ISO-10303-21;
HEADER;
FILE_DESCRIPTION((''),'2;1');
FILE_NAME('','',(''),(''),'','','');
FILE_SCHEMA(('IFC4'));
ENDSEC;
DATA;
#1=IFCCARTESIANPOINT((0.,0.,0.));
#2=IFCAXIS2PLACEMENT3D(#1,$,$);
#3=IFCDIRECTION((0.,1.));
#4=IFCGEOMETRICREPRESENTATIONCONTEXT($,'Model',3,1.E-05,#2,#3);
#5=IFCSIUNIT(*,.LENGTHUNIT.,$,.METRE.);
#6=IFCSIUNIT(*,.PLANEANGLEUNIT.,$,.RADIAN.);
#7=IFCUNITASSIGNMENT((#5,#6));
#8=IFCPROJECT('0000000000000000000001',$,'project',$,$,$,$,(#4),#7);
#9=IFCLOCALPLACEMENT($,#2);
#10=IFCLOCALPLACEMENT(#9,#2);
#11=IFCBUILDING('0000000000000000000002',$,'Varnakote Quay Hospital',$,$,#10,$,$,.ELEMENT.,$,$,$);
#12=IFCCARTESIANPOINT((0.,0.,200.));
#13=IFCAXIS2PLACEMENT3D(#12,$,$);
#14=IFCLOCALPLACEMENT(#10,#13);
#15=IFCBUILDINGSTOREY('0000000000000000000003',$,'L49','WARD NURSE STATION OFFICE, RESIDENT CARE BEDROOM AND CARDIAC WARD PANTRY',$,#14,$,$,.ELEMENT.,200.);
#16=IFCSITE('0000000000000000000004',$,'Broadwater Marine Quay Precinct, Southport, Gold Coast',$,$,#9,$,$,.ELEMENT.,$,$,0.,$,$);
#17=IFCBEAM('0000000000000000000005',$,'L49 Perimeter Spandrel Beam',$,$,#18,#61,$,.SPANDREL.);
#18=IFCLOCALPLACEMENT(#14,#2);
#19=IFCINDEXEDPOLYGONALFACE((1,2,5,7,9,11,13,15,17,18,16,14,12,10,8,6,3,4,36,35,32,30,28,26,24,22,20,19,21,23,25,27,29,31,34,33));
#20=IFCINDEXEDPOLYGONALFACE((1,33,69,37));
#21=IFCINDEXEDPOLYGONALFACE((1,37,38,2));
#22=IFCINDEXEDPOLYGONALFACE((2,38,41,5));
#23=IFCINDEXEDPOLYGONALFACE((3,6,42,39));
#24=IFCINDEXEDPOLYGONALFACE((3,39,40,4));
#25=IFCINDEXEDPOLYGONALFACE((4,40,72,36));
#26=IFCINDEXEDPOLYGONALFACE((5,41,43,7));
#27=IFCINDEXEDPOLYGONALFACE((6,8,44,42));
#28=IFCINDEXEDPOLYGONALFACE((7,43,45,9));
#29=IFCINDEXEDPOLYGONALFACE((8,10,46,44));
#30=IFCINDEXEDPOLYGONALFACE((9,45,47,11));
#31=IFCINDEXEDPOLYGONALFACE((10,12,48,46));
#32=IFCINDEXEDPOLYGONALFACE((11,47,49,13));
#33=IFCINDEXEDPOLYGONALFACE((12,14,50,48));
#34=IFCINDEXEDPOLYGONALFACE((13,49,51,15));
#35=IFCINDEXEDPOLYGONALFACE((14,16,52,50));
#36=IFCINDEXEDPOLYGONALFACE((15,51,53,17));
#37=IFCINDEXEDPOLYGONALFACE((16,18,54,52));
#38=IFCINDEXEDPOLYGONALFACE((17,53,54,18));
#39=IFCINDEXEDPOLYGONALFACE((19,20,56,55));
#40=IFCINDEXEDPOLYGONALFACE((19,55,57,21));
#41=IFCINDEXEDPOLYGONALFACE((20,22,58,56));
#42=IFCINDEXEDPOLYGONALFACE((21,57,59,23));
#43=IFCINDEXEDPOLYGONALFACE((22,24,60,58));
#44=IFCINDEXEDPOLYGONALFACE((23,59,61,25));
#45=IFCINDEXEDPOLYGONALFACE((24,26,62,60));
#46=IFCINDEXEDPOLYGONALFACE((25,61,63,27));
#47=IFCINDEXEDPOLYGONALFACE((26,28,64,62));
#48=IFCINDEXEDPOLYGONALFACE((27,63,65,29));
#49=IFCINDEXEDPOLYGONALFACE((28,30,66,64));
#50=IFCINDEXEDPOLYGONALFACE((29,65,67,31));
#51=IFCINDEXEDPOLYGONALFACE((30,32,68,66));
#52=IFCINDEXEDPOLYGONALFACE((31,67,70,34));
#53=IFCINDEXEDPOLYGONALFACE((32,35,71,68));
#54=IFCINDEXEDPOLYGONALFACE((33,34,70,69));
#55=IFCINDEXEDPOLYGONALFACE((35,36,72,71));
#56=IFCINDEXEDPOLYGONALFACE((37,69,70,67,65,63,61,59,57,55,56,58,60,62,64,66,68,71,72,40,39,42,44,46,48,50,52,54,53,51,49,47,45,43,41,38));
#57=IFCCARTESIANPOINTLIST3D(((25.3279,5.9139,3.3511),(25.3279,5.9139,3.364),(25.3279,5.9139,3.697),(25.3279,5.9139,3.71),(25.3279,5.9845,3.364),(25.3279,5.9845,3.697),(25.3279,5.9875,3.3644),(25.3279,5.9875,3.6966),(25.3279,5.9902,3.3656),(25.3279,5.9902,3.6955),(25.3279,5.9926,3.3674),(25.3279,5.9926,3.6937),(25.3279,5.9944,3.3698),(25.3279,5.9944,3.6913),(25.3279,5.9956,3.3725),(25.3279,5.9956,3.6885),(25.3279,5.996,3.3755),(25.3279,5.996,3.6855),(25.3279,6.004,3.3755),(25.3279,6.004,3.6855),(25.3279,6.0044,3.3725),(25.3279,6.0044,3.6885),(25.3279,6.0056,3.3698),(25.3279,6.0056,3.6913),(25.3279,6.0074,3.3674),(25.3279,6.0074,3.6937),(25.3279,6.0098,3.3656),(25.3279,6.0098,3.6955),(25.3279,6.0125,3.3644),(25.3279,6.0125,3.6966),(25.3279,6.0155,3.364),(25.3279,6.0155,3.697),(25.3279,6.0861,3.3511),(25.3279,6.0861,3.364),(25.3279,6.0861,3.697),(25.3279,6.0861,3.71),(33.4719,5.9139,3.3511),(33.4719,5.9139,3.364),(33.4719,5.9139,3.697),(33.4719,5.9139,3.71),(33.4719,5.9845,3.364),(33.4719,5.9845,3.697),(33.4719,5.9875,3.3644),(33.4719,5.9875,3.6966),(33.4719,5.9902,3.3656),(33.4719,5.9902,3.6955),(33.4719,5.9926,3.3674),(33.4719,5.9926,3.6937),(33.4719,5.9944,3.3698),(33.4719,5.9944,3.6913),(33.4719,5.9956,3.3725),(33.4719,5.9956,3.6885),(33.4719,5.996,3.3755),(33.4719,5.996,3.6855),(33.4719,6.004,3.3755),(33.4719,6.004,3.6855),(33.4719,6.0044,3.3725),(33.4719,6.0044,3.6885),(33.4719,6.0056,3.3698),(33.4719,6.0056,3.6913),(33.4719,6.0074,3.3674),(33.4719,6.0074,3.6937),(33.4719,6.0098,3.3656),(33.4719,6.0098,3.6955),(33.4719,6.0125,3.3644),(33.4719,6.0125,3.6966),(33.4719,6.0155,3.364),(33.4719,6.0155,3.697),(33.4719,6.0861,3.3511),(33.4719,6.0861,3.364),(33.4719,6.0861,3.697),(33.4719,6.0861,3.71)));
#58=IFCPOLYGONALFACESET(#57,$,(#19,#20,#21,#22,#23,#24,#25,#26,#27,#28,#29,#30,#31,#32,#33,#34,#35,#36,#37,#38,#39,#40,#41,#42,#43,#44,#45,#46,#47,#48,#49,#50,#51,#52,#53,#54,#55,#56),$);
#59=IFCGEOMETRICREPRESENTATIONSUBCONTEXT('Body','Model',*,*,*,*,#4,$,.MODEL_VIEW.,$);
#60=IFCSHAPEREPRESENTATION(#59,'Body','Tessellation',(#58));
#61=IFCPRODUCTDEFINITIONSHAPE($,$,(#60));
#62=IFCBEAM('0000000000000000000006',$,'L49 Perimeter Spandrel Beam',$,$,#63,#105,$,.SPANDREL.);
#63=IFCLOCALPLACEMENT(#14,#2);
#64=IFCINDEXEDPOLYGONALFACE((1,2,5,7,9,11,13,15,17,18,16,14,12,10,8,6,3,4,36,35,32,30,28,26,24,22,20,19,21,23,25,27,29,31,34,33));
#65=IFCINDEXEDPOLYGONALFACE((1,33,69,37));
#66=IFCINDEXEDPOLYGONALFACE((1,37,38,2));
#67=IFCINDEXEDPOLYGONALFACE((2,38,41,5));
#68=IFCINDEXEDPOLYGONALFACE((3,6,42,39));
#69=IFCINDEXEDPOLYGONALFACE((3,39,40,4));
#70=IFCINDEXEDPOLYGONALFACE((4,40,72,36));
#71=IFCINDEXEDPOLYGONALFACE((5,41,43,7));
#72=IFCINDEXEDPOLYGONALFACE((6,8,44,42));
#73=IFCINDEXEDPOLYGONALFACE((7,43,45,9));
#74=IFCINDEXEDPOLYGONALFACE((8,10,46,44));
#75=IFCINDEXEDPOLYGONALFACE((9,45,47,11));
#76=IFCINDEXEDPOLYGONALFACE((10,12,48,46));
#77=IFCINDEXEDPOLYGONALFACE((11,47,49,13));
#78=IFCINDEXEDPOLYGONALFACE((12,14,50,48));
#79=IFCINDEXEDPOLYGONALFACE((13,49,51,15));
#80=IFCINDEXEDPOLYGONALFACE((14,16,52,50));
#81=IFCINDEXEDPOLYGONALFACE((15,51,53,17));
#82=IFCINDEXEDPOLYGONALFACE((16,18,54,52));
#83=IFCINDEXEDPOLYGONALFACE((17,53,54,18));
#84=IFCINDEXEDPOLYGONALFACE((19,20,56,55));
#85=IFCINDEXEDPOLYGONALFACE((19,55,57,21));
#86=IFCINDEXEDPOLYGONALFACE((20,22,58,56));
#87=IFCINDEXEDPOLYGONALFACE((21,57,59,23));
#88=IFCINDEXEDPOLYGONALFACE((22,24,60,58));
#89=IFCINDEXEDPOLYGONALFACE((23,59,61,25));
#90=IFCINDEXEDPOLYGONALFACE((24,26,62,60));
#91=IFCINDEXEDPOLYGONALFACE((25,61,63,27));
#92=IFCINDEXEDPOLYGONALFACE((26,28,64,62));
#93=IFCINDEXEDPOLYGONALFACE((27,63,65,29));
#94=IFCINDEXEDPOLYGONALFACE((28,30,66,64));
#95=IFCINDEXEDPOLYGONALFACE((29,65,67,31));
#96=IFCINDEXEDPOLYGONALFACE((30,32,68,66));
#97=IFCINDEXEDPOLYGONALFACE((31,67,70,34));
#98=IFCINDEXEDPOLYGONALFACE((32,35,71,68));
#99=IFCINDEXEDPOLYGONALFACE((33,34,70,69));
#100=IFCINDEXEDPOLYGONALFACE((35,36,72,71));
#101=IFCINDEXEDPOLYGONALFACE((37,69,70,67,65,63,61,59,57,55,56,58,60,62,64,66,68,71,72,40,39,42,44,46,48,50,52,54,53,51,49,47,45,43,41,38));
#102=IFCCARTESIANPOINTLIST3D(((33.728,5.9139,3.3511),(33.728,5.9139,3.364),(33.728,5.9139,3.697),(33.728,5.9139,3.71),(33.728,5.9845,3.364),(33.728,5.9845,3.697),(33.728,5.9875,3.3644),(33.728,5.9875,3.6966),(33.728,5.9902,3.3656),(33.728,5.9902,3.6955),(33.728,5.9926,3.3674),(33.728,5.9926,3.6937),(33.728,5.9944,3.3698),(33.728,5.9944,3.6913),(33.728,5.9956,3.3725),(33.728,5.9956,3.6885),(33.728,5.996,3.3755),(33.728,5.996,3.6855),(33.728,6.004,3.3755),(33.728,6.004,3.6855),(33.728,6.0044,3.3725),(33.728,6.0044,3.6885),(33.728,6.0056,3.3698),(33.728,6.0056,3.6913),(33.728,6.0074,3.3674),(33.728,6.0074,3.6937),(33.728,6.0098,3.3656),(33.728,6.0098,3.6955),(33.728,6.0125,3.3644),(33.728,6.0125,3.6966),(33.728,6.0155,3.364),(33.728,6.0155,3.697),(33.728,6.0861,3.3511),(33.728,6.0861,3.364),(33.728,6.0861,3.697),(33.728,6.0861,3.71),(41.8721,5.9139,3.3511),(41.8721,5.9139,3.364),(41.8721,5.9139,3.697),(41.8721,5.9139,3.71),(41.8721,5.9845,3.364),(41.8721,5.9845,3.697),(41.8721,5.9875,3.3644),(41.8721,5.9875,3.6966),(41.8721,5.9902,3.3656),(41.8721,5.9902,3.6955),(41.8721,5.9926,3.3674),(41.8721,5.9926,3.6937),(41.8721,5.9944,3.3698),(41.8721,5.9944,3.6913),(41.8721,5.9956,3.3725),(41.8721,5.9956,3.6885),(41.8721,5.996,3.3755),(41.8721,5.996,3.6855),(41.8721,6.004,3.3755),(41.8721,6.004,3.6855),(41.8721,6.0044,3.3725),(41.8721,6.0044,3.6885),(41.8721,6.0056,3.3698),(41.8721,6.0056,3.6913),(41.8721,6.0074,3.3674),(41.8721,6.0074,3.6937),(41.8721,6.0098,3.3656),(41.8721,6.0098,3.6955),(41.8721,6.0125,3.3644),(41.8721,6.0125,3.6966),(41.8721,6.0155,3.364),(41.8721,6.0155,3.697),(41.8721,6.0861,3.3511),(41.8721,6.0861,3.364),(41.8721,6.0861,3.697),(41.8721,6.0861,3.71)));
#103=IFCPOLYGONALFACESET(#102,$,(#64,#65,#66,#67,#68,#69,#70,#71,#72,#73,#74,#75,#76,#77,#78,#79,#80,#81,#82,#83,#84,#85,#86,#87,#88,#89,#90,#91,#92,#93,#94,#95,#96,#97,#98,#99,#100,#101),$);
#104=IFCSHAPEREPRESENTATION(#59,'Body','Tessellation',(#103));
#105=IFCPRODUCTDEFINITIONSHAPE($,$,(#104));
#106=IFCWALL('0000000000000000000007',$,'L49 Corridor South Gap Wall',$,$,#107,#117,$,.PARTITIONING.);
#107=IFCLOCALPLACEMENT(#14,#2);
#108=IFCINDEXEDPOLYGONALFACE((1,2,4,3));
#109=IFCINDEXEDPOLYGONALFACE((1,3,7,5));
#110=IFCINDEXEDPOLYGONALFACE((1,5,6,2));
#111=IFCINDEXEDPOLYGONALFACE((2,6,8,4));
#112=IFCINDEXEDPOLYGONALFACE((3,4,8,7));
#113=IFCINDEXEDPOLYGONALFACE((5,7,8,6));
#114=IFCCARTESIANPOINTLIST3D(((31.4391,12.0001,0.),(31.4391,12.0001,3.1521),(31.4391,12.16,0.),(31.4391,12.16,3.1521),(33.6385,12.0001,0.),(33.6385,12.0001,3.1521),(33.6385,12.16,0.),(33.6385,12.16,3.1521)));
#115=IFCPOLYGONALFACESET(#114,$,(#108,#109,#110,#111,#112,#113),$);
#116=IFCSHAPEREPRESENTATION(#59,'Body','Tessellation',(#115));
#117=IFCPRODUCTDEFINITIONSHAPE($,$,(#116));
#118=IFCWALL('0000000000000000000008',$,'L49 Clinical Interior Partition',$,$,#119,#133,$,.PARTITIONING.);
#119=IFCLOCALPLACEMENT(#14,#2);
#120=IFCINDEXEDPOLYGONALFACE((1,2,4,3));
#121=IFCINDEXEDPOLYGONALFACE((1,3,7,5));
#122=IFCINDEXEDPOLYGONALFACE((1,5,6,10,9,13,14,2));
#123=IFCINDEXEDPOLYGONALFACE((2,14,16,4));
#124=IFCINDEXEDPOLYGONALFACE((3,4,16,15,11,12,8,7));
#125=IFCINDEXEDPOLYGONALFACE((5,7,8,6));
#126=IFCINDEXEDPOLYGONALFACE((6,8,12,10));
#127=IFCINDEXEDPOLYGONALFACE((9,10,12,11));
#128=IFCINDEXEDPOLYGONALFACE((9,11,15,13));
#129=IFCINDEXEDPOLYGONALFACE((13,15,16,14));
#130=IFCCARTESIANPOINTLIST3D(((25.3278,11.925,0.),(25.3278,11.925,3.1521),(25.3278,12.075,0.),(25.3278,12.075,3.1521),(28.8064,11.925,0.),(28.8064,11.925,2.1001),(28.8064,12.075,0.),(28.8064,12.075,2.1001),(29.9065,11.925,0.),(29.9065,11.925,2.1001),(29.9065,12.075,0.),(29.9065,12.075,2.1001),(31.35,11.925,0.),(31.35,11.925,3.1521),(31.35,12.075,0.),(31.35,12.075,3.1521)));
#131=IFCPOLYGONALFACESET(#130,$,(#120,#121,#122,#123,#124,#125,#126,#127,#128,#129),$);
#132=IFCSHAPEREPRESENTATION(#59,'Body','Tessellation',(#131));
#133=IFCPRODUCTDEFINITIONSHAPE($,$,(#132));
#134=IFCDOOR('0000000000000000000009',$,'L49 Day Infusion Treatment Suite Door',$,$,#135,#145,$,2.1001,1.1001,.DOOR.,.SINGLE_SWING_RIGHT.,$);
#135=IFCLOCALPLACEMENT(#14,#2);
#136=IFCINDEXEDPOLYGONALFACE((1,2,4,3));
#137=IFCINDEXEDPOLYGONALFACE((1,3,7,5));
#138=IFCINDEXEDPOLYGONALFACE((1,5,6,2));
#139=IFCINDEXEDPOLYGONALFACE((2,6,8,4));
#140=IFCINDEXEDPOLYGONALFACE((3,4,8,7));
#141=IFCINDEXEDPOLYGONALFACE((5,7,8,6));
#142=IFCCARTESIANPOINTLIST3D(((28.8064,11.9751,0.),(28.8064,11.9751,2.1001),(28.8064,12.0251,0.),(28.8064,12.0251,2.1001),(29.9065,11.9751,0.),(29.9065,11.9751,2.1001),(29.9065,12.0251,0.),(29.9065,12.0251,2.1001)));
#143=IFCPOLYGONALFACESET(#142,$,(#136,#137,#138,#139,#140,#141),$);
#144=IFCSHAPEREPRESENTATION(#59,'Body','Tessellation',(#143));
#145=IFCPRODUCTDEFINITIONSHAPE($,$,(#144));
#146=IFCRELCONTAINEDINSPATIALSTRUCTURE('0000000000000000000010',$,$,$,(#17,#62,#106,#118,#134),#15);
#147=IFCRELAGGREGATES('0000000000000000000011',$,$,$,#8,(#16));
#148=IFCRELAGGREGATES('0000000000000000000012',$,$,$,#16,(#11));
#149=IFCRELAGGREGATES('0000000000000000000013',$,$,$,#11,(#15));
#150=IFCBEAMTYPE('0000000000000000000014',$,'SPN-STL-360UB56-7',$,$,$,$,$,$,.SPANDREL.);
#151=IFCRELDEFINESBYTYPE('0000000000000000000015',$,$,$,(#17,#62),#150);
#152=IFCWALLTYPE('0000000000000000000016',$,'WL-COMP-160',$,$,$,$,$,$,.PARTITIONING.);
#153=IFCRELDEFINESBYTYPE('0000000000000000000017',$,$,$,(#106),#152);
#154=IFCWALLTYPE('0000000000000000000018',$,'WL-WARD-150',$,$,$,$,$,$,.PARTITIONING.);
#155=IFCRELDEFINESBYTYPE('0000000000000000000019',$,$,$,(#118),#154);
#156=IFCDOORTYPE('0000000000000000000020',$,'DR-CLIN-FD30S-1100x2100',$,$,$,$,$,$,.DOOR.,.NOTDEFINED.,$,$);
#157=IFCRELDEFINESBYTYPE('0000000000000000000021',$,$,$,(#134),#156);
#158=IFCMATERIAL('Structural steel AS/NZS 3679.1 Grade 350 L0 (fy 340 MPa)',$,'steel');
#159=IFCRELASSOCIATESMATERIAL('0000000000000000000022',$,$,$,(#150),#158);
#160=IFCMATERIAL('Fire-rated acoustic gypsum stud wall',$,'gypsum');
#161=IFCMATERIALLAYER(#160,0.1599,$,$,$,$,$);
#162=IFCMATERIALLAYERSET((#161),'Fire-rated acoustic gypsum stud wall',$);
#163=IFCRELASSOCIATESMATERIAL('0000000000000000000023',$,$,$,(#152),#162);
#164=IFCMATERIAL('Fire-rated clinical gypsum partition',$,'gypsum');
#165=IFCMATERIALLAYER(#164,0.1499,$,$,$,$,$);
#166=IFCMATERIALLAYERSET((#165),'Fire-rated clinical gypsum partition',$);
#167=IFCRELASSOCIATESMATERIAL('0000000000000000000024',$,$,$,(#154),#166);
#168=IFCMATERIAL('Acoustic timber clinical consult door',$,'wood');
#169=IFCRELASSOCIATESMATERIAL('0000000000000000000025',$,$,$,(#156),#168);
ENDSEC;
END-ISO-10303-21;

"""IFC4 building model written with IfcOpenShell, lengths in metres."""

from ifc_helpers import new_model, si_unit, direction, frame, frame_2d, origin, origin_2d, place, context, subcontext, project, spatial, rectangle, i_section, extrude, material, layer, layer_set, material_profile, profile_set, type_object, element, fill, save


model = new_model("IFC4")

# Units and contexts
model_context = context("Model", 3, precision=1e-05, world=origin(), true_north=direction((0.0, 1.0)))
body_context = subcontext(model_context, "Body", "Model", "MODEL_VIEW")
ifc_project = project(units=[si_unit("LENGTHUNIT", "METRE"), si_unit("PLANEANGLEUNIT", "RADIAN")], contexts=[model_context])

# Site, building, storey
site_placement = place(None, origin())
site = spatial("IfcSite", under=ifc_project, at=site_placement, Name="Broadwater Marine Quay Precinct, Southport, Gold Coast", CompositionType="ELEMENT", RefElevation=0.0)
building_placement = place(site_placement, origin())
building = spatial("IfcBuilding", under=site, at=building_placement, Name="Varnakote Quay Hospital", CompositionType="ELEMENT")
storey_placement = place(building_placement, frame((0.0, 0.0, 200.0)))
storey = spatial("IfcBuildingStorey", under=building, at=storey_placement, Name="L49", Description="WARD NURSE STATION OFFICE, RESIDENT CARE BEDROOM AND CARDIAC WARD PANTRY", CompositionType="ELEMENT", Elevation=200.0)

# Beams
ifc_material_1 = material(Name="Structural steel AS/NZS 3679.1 Grade 350 L0 (fy 340 MPa)", Category="steel")
ifc_material_profile_1 = material_profile(ifc_material_1, i_section(OverallWidth=0.1721, OverallDepth=0.3589, WebThickness=0.0081, FlangeThickness=0.0129, FilletRadius=0.0115, at=origin_2d()), Name="360UB56.7")
ifc_profile_set_1 = profile_set([ifc_material_profile_1], Name="Structural steel AS/NZS 3679.1 Grade 350 L0 (fy 340 MPa)")
beam_type_1 = type_object("IfcBeamType", Name="SPN-STL-360UB56-7", PredefinedType="SPANDREL", material=ifc_profile_set_1)
for number, where, z_axis, x_axis, name in (
    (1, (25.3279, 6.0, 3.5305), (1.0, 0.0, 0.0), (0.0, 1.0, 0.0), "L49 Perimeter Spandrel Beam"),
    (2, (33.728, 6.0, 3.5305), (1.0, 0.0, 0.0), (0.0, 1.0, 0.0), "L49 Perimeter Spandrel Beam"),
):
    element("IfcBeam", number, at=place(storey_placement, frame(where, z_axis=z_axis, x_axis=x_axis)), inside=storey, type_object=beam_type_1, Name=name, PredefinedType="SPANDREL", context=body_context, shape_type="SweptSolid", body=[
        extrude(i_section(OverallWidth=0.1721, OverallDepth=0.3589, WebThickness=0.0081, FlangeThickness=0.0129, FilletRadius=0.0115, at=origin_2d()), origin(), (0.0, 0.0, 1.0), 8.144),
    ])

# Wall
ifc_material_2 = material(Name="Fire-rated acoustic gypsum stud wall", Category="gypsum")
ifc_layer_1 = layer(ifc_material_2, 0.1599)
ifc_layer_set_1 = layer_set([ifc_layer_1], Name="Fire-rated acoustic gypsum stud wall")
wall_type_1 = type_object("IfcWallType", Name="WL-COMP-160", PredefinedType="PARTITIONING", material=ifc_layer_set_1)
wall_1_placement = place(storey_placement, frame((31.4392, 12.0801, 0.0), z_axis=(0.0, 0.0, 1.0), x_axis=(1.0, 0.0, 0.0)))
element("IfcWall", 3, at=wall_1_placement, inside=storey, type_object=wall_type_1, Name="L49 Corridor South Gap Wall", PredefinedType="PARTITIONING", context=body_context, shape_type="SweptSolid", body=[
    extrude(rectangle(XDim=2.1995, YDim=0.1599, at=frame_2d((1.0996, 0.0))), origin(), (0.0, 0.0, 1.0), 3.1521),
])

# Wall, opening, door
ifc_material_3 = material(Name="Fire-rated clinical gypsum partition", Category="gypsum")
ifc_layer_2 = layer(ifc_material_3, 0.1499)
ifc_layer_set_2 = layer_set([ifc_layer_2], Name="Fire-rated clinical gypsum partition")
wall_type_2 = type_object("IfcWallType", Name="WL-WARD-150", PredefinedType="PARTITIONING", material=ifc_layer_set_2)
wall_2_placement = place(storey_placement, frame((31.3501, 12.0, 0.0), z_axis=(0.0, 0.0, 1.0), x_axis=(-1.0, 0.0, 0.0)))
wall_2 = element("IfcWall", 4, at=wall_2_placement, inside=storey, type_object=wall_type_2, Name="L49 Clinical Interior Partition", PredefinedType="PARTITIONING", context=body_context, shape_type="SweptSolid", body=[
    extrude(rectangle(XDim=6.0222, YDim=0.1499, at=frame_2d((3.0112, 0.0))), origin(), (0.0, 0.0, 1.0), 3.1521),
])
opening_1_placement = place(wall_2_placement, frame((1.4436, 0.0, 0.0)))
opening_1 = element("IfcOpeningElement", 5, at=opening_1_placement, cuts=wall_2, PredefinedType="OPENING", context=body_context, shape_type="SweptSolid", body=[
    extrude(rectangle(XDim=1.1001, YDim=2.1001, at=frame_2d((0.55, 1.05))), frame((0.0, 0.085, 0.0), z_axis=(0.0, -1.0, 0.0), x_axis=(1.0, 0.0, 0.0)), (0.0, 0.0, 1.0), 0.1699),
])
ifc_material_4 = material(Name="Acoustic timber clinical consult door", Category="wood")
door_type_1 = type_object("IfcDoorType", Name="DR-CLIN-FD30S-1100x2100", OperationType="NOTDEFINED", PredefinedType="DOOR", material=ifc_material_4)
door_1_placement = place(opening_1_placement, origin())
door_1 = element("IfcDoor", 6, at=door_1_placement, inside=storey, type_object=door_type_1, Name="L49 Day Infusion Treatment Suite Door", OperationType="SINGLE_SWING_RIGHT", OverallHeight=2.1001, OverallWidth=1.1001, PredefinedType="DOOR", context=body_context, shape_type="SweptSolid", body=[
    extrude(rectangle(XDim=1.1001, YDim=2.1001, at=frame_2d((0.55, 1.05))), frame((0.0, 0.0249, 0.0), z_axis=(0.0, -1.0, 0.0), x_axis=(1.0, 0.0, 0.0)), (0.0, 0.0, 1.0), 0.05),
])
fill(opening_1, door_1)

save(model, "model.ifc")
